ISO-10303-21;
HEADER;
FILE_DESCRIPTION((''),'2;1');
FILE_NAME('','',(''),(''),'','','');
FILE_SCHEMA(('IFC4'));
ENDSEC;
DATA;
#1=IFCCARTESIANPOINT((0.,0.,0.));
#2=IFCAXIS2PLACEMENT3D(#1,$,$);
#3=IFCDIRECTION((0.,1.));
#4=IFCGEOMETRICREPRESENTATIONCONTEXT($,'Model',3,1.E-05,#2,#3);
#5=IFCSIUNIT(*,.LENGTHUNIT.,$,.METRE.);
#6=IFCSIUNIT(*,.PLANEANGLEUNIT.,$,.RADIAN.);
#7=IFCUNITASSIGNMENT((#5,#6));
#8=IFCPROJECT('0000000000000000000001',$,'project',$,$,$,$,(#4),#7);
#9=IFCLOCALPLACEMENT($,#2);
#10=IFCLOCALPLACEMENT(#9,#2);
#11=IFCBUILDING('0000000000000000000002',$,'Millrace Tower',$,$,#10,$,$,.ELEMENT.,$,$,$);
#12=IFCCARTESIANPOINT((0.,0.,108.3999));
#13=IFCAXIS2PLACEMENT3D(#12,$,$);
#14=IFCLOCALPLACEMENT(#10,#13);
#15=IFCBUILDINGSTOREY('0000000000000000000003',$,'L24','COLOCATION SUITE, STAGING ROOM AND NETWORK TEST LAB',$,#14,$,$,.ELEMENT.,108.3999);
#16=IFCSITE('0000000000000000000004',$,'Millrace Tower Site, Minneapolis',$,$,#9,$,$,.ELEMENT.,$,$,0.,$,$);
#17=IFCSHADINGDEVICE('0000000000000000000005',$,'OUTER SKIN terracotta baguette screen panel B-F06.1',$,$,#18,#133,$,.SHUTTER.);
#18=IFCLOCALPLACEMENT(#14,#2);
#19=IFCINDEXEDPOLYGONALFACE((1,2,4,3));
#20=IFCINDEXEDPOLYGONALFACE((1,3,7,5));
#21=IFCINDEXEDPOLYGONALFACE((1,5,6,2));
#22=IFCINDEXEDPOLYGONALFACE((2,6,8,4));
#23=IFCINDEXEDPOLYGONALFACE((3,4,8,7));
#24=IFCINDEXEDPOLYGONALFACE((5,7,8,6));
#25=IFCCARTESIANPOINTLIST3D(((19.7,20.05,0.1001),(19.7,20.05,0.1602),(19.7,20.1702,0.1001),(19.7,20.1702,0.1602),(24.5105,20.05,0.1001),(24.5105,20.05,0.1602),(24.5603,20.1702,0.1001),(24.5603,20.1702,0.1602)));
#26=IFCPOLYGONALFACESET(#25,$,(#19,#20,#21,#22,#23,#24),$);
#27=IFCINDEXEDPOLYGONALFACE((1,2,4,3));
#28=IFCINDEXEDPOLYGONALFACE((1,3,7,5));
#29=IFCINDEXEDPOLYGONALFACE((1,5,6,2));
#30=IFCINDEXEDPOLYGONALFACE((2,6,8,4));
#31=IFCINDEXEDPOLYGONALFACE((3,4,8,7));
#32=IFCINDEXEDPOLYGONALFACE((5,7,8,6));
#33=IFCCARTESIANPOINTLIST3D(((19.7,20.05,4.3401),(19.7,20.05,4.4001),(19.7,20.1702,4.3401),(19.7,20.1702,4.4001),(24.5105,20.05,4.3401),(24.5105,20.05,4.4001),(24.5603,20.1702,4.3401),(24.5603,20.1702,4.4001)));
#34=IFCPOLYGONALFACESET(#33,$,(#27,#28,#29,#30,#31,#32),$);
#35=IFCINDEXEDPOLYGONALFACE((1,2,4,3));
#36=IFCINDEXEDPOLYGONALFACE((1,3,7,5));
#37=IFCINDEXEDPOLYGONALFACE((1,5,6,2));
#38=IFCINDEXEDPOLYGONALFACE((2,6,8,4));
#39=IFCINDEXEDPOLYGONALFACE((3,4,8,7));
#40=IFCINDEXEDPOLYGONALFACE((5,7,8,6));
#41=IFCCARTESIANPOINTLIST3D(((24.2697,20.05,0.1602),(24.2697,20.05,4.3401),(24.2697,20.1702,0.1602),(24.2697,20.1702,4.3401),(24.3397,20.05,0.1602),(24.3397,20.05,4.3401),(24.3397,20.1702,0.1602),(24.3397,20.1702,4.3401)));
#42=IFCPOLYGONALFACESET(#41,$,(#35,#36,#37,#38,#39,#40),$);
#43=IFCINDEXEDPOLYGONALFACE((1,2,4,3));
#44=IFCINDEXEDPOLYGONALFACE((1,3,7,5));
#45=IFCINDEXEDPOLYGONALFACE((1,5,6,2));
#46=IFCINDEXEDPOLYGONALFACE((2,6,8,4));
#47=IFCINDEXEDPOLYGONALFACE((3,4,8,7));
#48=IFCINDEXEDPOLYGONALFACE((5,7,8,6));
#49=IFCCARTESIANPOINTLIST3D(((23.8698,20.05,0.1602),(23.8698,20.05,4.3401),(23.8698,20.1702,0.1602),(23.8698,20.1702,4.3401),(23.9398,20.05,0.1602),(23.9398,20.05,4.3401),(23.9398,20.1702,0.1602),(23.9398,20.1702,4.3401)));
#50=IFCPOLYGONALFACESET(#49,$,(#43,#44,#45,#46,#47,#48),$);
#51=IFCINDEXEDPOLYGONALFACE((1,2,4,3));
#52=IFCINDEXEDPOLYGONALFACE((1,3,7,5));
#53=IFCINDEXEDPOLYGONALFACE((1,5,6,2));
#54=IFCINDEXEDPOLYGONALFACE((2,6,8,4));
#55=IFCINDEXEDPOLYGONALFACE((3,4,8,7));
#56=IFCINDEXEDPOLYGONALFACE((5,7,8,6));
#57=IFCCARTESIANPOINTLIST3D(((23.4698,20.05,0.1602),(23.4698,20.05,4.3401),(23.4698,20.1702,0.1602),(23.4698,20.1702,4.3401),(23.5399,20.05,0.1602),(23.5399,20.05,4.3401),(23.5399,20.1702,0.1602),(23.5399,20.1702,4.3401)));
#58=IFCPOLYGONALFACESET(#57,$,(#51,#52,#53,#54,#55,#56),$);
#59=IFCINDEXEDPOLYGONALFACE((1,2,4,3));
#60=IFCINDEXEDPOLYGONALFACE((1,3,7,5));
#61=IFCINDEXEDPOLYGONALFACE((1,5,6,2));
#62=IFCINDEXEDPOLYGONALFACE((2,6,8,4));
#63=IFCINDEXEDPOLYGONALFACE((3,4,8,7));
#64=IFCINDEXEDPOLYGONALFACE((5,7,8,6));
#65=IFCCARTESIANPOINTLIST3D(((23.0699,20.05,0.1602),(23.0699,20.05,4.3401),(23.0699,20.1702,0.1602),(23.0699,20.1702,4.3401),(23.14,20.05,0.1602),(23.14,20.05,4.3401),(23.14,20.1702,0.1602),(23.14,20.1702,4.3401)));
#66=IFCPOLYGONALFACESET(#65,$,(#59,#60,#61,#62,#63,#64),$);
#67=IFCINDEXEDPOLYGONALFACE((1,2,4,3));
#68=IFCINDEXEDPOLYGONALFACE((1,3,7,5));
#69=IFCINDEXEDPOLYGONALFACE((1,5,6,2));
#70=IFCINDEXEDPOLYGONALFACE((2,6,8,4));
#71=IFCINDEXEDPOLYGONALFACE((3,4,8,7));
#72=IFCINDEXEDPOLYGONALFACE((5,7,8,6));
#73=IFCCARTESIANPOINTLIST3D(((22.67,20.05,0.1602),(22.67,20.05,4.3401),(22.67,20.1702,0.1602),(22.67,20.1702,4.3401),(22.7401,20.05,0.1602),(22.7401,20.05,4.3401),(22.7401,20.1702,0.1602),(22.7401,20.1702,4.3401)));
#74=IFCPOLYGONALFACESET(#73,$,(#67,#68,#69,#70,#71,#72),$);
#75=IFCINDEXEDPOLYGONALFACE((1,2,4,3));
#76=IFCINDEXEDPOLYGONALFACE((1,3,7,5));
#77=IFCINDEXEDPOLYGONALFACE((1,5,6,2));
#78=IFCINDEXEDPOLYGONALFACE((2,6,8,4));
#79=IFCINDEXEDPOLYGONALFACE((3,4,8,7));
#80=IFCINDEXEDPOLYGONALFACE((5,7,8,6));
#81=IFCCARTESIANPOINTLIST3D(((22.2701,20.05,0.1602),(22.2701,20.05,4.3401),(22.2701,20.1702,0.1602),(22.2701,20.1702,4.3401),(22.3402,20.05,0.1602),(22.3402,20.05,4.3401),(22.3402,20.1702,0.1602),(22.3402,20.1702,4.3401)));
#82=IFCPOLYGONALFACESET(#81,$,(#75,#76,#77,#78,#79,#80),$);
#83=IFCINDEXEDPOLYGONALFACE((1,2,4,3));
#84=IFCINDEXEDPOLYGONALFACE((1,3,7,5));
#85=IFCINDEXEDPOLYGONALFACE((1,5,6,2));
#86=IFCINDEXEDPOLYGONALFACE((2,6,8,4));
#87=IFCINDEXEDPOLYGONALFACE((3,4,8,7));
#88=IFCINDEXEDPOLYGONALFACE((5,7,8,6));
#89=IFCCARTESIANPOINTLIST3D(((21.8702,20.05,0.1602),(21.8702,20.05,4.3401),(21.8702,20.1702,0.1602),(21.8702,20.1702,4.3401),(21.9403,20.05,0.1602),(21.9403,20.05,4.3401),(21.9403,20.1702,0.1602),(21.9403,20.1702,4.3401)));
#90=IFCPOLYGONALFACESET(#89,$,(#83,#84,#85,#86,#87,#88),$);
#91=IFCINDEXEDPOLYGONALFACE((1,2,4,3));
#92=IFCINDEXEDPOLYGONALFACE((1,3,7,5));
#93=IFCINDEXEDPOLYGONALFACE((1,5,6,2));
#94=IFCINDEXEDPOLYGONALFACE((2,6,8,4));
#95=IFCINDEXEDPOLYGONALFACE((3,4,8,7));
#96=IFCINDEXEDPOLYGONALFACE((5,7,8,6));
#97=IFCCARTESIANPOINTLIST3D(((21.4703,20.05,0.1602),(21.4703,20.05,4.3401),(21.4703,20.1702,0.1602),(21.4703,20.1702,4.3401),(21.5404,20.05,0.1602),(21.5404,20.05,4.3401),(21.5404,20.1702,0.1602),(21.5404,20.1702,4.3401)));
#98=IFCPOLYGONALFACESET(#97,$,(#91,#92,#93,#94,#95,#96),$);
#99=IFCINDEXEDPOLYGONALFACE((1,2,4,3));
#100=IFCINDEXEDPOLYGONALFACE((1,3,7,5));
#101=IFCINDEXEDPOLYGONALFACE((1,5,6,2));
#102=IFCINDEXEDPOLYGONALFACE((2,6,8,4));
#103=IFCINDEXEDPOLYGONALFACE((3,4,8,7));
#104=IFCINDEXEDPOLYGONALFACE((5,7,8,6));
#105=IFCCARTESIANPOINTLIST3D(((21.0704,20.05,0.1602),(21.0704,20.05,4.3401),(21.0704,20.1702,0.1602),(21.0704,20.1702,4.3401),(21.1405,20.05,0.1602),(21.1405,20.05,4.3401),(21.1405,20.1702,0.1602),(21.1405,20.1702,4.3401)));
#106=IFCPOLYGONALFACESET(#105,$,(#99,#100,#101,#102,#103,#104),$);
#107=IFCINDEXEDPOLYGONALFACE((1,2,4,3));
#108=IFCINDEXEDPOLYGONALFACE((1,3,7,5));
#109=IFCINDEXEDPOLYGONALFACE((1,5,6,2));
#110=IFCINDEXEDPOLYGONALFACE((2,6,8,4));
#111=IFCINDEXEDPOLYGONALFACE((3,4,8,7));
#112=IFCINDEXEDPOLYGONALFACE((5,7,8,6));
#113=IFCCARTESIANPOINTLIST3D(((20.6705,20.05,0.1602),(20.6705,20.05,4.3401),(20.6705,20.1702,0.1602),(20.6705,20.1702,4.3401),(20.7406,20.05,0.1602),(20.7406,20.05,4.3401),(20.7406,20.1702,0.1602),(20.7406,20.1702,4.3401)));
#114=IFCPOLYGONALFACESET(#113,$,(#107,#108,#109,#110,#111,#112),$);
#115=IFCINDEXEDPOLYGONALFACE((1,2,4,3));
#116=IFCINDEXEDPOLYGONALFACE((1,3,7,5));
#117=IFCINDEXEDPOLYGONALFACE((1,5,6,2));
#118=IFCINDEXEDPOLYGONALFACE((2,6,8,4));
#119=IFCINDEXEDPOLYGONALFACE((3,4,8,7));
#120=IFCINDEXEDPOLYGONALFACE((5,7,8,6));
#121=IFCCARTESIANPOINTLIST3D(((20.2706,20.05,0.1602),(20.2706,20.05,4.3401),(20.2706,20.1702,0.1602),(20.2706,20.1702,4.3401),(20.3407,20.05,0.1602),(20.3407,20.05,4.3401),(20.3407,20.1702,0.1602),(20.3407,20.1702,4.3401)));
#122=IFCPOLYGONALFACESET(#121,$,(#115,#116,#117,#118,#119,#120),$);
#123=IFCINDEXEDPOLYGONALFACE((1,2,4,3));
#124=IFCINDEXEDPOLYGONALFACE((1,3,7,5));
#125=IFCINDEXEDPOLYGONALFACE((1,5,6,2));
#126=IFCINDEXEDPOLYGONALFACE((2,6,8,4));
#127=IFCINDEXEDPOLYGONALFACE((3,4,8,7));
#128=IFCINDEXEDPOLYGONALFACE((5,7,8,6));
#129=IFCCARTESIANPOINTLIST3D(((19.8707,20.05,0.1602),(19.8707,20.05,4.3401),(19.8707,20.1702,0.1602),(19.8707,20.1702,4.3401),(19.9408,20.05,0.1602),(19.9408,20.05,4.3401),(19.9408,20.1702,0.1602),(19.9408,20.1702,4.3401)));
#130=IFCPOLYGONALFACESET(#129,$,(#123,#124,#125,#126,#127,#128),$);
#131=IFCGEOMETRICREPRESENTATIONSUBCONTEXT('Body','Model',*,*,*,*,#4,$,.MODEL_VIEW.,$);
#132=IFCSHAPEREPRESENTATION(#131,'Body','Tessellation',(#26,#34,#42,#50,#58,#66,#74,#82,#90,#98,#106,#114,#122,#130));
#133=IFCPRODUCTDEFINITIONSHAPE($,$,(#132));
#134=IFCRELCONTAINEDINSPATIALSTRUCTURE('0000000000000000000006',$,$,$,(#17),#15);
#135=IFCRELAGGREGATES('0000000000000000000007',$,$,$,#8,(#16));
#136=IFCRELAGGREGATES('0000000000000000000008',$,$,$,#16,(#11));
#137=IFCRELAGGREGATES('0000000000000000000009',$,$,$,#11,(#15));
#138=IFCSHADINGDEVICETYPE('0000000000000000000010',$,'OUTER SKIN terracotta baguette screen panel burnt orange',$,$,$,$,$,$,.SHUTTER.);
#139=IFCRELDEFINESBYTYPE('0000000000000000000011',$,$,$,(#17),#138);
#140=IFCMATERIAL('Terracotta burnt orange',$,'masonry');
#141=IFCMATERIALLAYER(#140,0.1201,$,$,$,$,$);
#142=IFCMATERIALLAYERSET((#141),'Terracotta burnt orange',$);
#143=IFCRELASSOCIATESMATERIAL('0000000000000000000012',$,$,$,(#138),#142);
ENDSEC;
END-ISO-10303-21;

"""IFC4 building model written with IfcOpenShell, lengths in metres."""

from ifc_helpers import new_model, entity, si_unit, direction, frame, frame_2d, origin, place, context, subcontext, project, spatial, rectangle, extrude, source, transform, mapped, material, layer, layer_set, type_object, element, save


model = new_model("IFC4")

# Units and contexts
model_context = context("Model", 3, precision=1e-05, world=origin(), true_north=direction((0.0, 1.0)))
body_context = subcontext(model_context, "Body", "Model", "MODEL_VIEW")
ifc_project = project(units=[si_unit("LENGTHUNIT", "METRE"), si_unit("PLANEANGLEUNIT", "RADIAN")], contexts=[model_context])

# Site, building, storey
site_placement = place(None, origin())
site = spatial("IfcSite", under=ifc_project, at=site_placement, Name="Millrace Tower Site, Minneapolis", CompositionType="ELEMENT", RefElevation=0.0)
building_placement = place(site_placement, origin())
building = spatial("IfcBuilding", under=site, at=building_placement, Name="Millrace Tower", CompositionType="ELEMENT")
storey_placement = place(building_placement, frame((0.0, 0.0, 108.3999)))
storey = spatial("IfcBuildingStorey", under=building, at=storey_placement, Name="L24", Description="COLOCATION SUITE, STAGING ROOM AND NETWORK TEST LAB", CompositionType="ELEMENT", Elevation=108.3999)

# Shading device
ifc_material_1 = material(Name="Terracotta burnt orange", Category="masonry")
ifc_layer_1 = layer(ifc_material_1, 0.1201)
ifc_layer_set_1 = layer_set([ifc_layer_1], Name="Terracotta burnt orange")
shading_device_type = type_object("IfcShadingDeviceType", Name="OUTER SKIN terracotta baguette screen panel burnt orange", PredefinedType="SHUTTER", material=ifc_layer_set_1)
cartesian_point_1 = entity("IfcCartesianPoint", [-2.3928, 0.0601])
shared_polyline_1 = entity("IfcPolyline", [cartesian_point_1, entity("IfcCartesianPoint", [2.4177, 0.0601]), entity("IfcCartesianPoint", [2.4177, -0.0601]), entity("IfcCartesianPoint", [-2.4426, -0.0601]), cartesian_point_1])
shared_shape_1 = source(origin(), body_context, "Body", "SweptSolid", [
    entity("IfcExtrudedAreaSolid", entity("IfcArbitraryClosedProfileDef", "AREA", None, shared_polyline_1), entity("IfcAxis2Placement3D", entity("IfcCartesianPoint", [0.0, 0.0, 0.0])), entity("IfcDirection", [0.0, 0.0, 1.0]), 0.0601),
    entity("IfcExtrudedAreaSolid", entity("IfcArbitraryClosedProfileDef", "AREA", None, shared_polyline_1), entity("IfcAxis2Placement3D", entity("IfcCartesianPoint", [0.0, 0.0, 4.24])), entity("IfcDirection", [0.0, 0.0, 1.0]), 0.0601),
    extrude(rectangle(XDim=0.0701, YDim=0.1201, at=frame_2d((-2.187, 0.0))), frame((0.0, 0.0, 0.0601)), (0.0, 0.0, 1.0), 4.1799),
    extrude(rectangle(XDim=0.0701, YDim=0.1201, at=frame_2d((-1.7871, 0.0))), frame((0.0, 0.0, 0.0601)), (0.0, 0.0, 1.0), 4.1799),
    extrude(rectangle(XDim=0.0701, YDim=0.1201, at=frame_2d((-1.3872, 0.0))), frame((0.0, 0.0, 0.0601)), (0.0, 0.0, 1.0), 4.1799),
    extrude(rectangle(XDim=0.0701, YDim=0.1201, at=frame_2d((-0.9873, 0.0))), frame((0.0, 0.0, 0.0601)), (0.0, 0.0, 1.0), 4.1799),
    extrude(rectangle(XDim=0.0701, YDim=0.1201, at=frame_2d((-0.5874, 0.0))), frame((0.0, 0.0, 0.0601)), (0.0, 0.0, 1.0), 4.1799),
    extrude(rectangle(XDim=0.0701, YDim=0.1201, at=frame_2d((-0.1875, 0.0))), frame((0.0, 0.0, 0.0601)), (0.0, 0.0, 1.0), 4.1799),
    extrude(rectangle(XDim=0.0701, YDim=0.1201, at=frame_2d((0.2124, 0.0))), frame((0.0, 0.0, 0.0601)), (0.0, 0.0, 1.0), 4.1799),
    extrude(rectangle(XDim=0.0701, YDim=0.1201, at=frame_2d((0.6123, 0.0))), frame((0.0, 0.0, 0.0601)), (0.0, 0.0, 1.0), 4.1799),
    extrude(rectangle(XDim=0.0701, YDim=0.1201, at=frame_2d((1.0122, 0.0))), frame((0.0, 0.0, 0.0601)), (0.0, 0.0, 1.0), 4.1799),
    extrude(rectangle(XDim=0.0701, YDim=0.1201, at=frame_2d((1.4121, 0.0))), frame((0.0, 0.0, 0.0601)), (0.0, 0.0, 1.0), 4.1799),
    extrude(rectangle(XDim=0.0701, YDim=0.1201, at=frame_2d((1.812, 0.0))), frame((0.0, 0.0, 0.0601)), (0.0, 0.0, 1.0), 4.1799),
    extrude(rectangle(XDim=0.0701, YDim=0.1201, at=frame_2d((2.2119, 0.0))), frame((0.0, 0.0, 0.0601)), (0.0, 0.0, 1.0), 4.1799),
])
shading_device_1_placement = place(storey_placement, frame((22.1177, 20.1101, 0.1001), z_axis=(0.0, 0.0, 1.0), x_axis=(-1.0, 0.0, 0.0)))
element("IfcShadingDevice", 1, at=shading_device_1_placement, inside=storey, type_object=shading_device_type, Name="OUTER SKIN terracotta baguette screen panel B-F06.1", PredefinedType="SHUTTER", context=body_context, shape_type="MappedRepresentation", body=[
    mapped(shared_shape_1, transform((0.0, 0.0, 0.0), scale=1.0)),
])

save(model, "model.ifc")
